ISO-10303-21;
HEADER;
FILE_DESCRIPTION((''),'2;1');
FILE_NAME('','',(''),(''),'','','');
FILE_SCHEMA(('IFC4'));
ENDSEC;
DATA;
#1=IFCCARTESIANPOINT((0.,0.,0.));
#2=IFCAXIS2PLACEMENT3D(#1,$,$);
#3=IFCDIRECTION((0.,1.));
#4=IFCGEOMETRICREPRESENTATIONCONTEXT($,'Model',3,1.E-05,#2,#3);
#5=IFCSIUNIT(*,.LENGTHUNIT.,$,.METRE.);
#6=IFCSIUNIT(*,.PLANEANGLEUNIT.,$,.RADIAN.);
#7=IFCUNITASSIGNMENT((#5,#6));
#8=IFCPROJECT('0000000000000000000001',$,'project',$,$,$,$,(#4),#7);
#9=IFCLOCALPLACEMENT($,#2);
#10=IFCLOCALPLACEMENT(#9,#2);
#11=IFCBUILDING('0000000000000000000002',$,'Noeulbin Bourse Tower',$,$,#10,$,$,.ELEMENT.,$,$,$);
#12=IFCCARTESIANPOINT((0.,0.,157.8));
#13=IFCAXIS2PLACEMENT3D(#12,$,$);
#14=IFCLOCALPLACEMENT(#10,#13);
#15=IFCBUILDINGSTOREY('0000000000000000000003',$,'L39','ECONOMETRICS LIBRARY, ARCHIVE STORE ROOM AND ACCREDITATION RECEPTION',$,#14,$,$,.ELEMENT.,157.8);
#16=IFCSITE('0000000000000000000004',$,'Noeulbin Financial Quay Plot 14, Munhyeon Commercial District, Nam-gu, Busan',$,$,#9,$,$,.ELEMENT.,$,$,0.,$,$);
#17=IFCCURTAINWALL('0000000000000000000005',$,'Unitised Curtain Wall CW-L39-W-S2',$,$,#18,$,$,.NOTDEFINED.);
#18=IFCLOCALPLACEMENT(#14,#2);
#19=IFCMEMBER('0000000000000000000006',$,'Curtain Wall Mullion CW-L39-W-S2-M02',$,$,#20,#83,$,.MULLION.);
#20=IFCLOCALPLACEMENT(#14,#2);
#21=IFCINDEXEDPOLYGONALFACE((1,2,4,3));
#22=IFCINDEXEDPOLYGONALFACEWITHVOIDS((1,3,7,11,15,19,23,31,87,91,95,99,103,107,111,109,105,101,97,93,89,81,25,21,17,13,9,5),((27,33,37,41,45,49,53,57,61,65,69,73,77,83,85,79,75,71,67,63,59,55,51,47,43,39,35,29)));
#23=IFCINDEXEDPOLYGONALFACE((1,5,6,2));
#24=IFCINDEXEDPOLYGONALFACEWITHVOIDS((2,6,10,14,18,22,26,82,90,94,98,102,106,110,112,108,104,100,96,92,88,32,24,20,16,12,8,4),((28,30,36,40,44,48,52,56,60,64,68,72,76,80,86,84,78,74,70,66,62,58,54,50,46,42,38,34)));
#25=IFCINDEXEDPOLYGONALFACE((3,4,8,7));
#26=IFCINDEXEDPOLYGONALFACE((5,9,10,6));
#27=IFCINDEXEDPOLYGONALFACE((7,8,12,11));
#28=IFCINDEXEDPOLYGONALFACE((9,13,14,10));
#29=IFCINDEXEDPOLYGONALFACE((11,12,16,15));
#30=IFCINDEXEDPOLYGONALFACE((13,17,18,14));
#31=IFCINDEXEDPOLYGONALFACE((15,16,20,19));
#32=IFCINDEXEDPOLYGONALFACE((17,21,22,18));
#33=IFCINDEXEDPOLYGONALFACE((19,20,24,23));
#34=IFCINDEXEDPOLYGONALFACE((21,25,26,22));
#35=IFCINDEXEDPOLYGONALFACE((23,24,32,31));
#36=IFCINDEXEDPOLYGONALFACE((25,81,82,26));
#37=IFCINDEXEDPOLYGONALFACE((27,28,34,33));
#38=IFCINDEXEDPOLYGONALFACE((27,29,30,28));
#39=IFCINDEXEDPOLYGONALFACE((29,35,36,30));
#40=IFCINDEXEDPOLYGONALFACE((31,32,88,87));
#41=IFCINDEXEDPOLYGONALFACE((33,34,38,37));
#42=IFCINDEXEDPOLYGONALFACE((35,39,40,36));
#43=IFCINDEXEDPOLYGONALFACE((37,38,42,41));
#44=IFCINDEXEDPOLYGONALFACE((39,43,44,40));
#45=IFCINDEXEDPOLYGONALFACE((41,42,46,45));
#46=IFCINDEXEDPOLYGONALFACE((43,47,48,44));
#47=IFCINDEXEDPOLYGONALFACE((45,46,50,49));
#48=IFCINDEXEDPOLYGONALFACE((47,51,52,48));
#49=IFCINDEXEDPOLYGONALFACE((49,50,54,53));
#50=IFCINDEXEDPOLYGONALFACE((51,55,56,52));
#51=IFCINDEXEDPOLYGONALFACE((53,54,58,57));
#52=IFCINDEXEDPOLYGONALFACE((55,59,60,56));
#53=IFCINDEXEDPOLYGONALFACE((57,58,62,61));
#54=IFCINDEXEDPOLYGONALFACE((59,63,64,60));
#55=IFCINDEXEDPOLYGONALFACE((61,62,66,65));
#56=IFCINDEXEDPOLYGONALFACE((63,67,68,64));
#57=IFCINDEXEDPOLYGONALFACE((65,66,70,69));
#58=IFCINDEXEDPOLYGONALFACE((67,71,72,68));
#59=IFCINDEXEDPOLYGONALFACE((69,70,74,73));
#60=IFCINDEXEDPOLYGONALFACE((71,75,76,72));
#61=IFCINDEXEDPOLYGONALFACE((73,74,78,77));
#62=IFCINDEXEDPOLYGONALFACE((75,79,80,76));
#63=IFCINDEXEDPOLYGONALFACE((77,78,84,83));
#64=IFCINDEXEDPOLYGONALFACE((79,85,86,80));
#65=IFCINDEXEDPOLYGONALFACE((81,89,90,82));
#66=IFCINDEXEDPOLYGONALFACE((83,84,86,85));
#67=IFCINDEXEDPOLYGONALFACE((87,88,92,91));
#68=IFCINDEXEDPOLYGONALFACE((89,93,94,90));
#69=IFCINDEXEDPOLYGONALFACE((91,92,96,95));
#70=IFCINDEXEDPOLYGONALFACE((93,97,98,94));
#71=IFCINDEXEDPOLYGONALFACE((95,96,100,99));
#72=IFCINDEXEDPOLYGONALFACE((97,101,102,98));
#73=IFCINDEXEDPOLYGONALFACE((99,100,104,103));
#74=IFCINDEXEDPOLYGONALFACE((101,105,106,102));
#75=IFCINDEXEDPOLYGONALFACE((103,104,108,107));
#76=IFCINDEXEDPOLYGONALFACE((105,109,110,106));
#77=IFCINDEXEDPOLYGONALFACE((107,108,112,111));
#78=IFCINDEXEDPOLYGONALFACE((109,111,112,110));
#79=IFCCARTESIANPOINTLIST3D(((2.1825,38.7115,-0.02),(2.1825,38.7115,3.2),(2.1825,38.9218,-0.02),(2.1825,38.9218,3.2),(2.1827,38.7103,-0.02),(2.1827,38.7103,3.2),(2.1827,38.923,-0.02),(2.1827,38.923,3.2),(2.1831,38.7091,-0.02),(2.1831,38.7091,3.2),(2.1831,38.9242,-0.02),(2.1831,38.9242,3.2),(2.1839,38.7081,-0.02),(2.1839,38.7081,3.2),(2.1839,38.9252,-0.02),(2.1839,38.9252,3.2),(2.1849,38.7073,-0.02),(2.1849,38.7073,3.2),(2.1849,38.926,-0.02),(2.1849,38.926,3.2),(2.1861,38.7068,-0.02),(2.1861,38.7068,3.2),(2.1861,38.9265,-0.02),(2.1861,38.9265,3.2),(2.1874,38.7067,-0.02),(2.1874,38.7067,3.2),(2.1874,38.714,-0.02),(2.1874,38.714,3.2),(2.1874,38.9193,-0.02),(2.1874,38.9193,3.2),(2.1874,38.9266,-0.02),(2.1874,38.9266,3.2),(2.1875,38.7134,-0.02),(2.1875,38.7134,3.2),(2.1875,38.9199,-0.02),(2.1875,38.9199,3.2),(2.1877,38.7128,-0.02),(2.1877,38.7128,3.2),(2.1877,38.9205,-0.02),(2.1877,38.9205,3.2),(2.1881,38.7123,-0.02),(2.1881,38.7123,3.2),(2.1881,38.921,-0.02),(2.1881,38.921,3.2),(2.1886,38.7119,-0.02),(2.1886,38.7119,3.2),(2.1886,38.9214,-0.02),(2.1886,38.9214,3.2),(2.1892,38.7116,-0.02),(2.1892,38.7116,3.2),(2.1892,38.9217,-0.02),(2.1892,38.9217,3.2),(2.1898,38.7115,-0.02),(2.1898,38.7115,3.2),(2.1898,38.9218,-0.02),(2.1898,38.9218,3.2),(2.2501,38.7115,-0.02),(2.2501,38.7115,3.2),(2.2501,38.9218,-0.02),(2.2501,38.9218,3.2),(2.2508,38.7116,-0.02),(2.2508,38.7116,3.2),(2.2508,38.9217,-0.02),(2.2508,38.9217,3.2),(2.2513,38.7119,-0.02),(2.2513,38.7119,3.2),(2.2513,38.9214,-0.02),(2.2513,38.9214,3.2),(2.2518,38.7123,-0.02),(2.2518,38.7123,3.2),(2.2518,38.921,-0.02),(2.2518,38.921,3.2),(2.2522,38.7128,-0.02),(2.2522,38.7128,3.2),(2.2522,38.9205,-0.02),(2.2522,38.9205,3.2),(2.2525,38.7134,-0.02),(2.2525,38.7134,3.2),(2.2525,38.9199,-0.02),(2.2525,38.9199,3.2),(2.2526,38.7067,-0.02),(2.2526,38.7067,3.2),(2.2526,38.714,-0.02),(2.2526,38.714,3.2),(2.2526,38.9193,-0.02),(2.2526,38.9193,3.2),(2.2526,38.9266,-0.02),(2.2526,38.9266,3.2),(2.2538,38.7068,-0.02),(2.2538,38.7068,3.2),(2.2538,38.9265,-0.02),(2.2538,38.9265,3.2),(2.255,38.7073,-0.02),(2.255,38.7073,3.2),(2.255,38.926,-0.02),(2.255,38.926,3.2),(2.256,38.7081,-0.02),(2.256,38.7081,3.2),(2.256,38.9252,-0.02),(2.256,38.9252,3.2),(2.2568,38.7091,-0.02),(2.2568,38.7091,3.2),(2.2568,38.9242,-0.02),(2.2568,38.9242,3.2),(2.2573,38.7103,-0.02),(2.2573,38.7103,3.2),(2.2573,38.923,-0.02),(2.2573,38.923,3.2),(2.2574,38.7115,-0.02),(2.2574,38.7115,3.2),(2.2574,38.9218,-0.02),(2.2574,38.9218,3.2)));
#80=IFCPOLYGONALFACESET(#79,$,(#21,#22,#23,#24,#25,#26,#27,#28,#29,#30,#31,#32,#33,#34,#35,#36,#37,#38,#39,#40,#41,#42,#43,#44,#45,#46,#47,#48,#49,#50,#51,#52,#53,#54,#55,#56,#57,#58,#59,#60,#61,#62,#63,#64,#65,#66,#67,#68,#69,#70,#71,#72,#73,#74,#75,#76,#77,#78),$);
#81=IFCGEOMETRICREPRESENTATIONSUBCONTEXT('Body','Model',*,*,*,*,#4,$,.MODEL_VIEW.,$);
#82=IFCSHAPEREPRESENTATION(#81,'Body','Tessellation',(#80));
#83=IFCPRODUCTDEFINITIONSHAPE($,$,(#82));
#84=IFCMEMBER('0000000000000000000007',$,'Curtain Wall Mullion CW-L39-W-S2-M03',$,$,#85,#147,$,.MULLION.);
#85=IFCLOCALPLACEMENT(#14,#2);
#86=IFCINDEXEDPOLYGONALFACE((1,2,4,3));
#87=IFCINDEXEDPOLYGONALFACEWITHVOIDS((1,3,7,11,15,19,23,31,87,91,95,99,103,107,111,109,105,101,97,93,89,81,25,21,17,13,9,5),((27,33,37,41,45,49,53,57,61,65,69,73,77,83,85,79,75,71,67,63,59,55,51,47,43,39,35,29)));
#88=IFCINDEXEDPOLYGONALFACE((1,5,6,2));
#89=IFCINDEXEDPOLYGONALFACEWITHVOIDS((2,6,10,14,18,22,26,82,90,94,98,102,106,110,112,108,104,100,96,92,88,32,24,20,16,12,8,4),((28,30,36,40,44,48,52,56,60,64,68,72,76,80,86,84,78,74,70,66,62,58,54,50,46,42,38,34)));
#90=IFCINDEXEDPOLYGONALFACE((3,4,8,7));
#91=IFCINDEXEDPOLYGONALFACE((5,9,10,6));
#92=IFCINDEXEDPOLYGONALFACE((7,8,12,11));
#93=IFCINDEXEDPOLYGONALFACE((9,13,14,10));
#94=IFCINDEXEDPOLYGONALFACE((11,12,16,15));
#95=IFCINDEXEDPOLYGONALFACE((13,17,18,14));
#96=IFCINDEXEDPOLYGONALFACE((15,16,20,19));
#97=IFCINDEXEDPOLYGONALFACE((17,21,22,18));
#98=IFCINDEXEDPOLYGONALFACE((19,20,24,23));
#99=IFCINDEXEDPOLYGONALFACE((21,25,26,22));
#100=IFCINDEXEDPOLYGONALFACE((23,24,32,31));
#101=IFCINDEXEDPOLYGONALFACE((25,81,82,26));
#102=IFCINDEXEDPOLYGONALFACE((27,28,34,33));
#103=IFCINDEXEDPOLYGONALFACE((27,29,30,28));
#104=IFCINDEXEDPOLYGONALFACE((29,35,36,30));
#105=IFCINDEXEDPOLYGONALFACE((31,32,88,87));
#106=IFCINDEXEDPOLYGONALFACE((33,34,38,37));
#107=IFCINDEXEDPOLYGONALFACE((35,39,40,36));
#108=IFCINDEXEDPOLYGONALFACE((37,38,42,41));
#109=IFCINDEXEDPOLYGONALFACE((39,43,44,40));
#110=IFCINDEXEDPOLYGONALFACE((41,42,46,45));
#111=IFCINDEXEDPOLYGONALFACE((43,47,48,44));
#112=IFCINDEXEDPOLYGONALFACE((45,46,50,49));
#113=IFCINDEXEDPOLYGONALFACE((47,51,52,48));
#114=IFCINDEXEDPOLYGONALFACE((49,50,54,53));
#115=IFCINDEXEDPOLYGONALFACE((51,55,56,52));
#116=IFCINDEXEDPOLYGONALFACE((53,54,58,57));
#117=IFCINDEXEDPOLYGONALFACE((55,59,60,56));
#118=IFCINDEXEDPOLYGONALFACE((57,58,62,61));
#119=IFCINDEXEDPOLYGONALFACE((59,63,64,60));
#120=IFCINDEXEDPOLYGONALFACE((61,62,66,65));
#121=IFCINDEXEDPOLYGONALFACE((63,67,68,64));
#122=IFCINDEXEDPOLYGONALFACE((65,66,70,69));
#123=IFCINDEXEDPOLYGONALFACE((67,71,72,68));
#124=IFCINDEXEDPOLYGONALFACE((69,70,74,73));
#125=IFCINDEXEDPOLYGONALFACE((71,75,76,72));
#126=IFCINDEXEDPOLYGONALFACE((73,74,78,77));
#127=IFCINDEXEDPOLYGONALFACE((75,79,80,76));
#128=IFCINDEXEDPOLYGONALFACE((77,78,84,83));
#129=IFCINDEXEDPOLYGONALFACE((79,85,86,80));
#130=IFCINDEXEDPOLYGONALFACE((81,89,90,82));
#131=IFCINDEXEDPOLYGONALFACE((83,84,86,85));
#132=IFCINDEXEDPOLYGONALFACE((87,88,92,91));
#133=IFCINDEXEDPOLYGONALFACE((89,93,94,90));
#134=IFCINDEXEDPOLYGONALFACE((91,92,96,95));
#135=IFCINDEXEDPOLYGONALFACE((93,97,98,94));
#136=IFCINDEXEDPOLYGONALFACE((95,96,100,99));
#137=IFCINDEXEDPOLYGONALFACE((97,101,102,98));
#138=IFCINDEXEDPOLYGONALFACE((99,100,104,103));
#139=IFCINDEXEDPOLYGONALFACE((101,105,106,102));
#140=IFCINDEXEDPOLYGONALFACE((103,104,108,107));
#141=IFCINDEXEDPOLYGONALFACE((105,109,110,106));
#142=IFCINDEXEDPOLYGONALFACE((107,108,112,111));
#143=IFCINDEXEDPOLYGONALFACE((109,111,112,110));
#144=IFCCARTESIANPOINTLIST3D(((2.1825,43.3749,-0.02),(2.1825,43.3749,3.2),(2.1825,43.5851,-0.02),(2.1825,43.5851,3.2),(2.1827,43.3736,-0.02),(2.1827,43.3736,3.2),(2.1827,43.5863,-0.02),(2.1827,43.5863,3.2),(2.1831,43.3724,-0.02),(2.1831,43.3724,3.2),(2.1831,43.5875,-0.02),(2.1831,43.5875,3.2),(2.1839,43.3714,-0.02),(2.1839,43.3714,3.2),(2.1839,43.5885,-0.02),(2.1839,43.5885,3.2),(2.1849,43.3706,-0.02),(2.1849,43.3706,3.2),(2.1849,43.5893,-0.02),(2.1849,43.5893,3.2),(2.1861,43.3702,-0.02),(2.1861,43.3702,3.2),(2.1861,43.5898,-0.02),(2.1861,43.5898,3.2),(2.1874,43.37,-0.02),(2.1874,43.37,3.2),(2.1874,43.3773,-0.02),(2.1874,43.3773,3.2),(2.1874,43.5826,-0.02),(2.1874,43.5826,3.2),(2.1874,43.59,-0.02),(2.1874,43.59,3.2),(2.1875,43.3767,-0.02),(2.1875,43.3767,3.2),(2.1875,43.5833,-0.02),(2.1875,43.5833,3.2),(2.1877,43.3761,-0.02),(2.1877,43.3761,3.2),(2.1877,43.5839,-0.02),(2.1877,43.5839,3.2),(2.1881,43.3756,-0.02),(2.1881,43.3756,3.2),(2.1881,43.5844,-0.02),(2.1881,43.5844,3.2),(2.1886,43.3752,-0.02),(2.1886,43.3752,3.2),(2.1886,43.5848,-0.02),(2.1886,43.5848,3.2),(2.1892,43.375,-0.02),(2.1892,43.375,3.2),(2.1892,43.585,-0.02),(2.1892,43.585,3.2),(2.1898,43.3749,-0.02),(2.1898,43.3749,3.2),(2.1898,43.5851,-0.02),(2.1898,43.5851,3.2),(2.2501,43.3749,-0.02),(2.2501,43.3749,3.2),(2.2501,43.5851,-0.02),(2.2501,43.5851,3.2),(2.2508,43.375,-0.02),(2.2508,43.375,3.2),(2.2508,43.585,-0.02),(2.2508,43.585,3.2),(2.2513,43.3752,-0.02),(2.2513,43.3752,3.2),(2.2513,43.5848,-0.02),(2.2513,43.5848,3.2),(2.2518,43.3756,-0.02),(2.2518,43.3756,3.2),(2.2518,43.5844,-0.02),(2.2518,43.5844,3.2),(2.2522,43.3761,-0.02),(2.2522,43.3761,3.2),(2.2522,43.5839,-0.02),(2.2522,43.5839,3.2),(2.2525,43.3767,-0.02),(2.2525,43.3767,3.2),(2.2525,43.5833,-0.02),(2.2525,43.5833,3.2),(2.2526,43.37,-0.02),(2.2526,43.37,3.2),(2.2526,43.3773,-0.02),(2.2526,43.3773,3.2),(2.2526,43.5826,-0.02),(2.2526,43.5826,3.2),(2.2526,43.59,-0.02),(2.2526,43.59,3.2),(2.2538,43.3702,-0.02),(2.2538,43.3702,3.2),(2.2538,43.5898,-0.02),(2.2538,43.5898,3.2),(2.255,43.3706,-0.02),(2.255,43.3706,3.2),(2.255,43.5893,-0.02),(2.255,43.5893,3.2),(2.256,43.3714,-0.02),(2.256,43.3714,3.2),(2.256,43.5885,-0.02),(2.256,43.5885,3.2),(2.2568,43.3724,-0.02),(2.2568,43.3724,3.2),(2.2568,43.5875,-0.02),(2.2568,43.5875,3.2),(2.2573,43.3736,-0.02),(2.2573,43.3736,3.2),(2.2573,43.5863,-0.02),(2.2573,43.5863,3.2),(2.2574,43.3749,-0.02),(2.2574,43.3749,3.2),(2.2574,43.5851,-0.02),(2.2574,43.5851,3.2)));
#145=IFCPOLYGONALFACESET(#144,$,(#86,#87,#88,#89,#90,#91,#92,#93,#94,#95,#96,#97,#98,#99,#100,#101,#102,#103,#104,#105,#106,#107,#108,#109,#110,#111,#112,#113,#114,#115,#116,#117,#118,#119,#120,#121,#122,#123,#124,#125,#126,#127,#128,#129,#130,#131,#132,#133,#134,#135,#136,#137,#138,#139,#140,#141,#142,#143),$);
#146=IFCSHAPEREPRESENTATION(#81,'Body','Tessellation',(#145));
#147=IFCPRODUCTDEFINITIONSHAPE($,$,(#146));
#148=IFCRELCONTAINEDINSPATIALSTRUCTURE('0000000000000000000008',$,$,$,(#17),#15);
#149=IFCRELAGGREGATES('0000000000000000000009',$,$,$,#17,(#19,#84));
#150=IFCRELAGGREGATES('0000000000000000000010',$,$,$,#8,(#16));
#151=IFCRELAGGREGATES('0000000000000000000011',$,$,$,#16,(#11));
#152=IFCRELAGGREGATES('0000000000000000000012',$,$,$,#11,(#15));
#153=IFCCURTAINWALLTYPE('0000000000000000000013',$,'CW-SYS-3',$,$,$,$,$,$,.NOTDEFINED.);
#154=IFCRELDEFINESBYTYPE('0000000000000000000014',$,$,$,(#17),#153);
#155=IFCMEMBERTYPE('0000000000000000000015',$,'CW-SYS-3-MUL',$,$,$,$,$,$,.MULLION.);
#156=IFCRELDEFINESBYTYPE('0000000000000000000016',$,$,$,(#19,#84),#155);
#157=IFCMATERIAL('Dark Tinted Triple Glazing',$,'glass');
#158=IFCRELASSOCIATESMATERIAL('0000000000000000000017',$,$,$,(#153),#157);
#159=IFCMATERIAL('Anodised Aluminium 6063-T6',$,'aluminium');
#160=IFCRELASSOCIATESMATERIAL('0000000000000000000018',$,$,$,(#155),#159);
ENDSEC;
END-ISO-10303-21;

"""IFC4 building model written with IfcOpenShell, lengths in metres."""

from ifc_helpers import new_model, si_unit, direction, frame, origin, origin_2d, place, context, subcontext, project, spatial, hollow_rectangle, extrude, material, material_profile, profile_set, type_object, element, aggregate, save


model = new_model("IFC4")

# Units and contexts
model_context = context("Model", 3, precision=1e-05, world=origin(), true_north=direction((0.0, 1.0)))
body_context = subcontext(model_context, "Body", "Model", "MODEL_VIEW")
ifc_project = project(units=[si_unit("LENGTHUNIT", "METRE"), si_unit("PLANEANGLEUNIT", "RADIAN")], contexts=[model_context])

# Site, building, storey
site_placement = place(None, origin())
site = spatial("IfcSite", under=ifc_project, at=site_placement, Name="Noeulbin Financial Quay Plot 14, Munhyeon Commercial District, Nam-gu, Busan", CompositionType="ELEMENT", RefElevation=0.0)
building_placement = place(site_placement, origin())
building = spatial("IfcBuilding", under=site, at=building_placement, Name="Noeulbin Bourse Tower", CompositionType="ELEMENT")
storey_placement = place(building_placement, frame((0.0, 0.0, 157.8)))
storey = spatial("IfcBuildingStorey", under=building, at=storey_placement, Name="L39", Description="ECONOMETRICS LIBRARY, ARCHIVE STORE ROOM AND ACCREDITATION RECEPTION", CompositionType="ELEMENT", Elevation=157.8)

# Shared definitions
ifc_material_1 = material(Name="Dark Tinted Triple Glazing", Category="glass")
curtain_wall_type = type_object("IfcCurtainWallType", Name="CW-SYS-3", PredefinedType="NOTDEFINED", material=ifc_material_1)
ifc_material_2 = material(Name="Anodised Aluminium 6063-T6", Category="aluminium")
ifc_material_profile_1 = material_profile(ifc_material_2, hollow_rectangle(XDim=0.075, YDim=0.22, WallThickness=0.0049, InnerFilletRadius=0.0024, OuterFilletRadius=0.0049, at=origin_2d()), Name="ALU-MULL-75x220x5", Category="LoadBearing")
ifc_profile_set_1 = profile_set([ifc_material_profile_1], Name="Anodised Aluminium 6063-T6")
member_type_1 = type_object("IfcMemberType", Name="CW-SYS-3-MUL", PredefinedType="MULLION", material=ifc_profile_set_1)

# Curtain wall, members
curtain_wall_1_placement = place(storey_placement, origin())
curtain_wall_1 = element("IfcCurtainWall", 1, at=curtain_wall_1_placement, inside=storey, type_object=curtain_wall_type, Name="Unitised Curtain Wall CW-L39-W-S2", PredefinedType="NOTDEFINED")
member_1_placement = place(storey_placement, frame((2.22, 38.8167, -0.02), z_axis=(0.0, 0.0, 1.0), x_axis=(1.0, 0.0, 0.0)))
member_1 = element("IfcMember", 2, at=member_1_placement, type_object=member_type_1, Name="Curtain Wall Mullion CW-L39-W-S2-M02", PredefinedType="MULLION", context=body_context, shape_type="SweptSolid", body=[
    extrude(hollow_rectangle(XDim=0.075, YDim=0.22, WallThickness=0.0049, InnerFilletRadius=0.0024, OuterFilletRadius=0.0049, at=origin_2d()), origin(), (0.0, 0.0, 1.0), 3.22),
])
member_2_placement = place(storey_placement, frame((2.22, 43.48, -0.02), z_axis=(0.0, 0.0, 1.0), x_axis=(1.0, 0.0, 0.0)))
member_2 = element("IfcMember", 3, at=member_2_placement, type_object=member_type_1, Name="Curtain Wall Mullion CW-L39-W-S2-M03", PredefinedType="MULLION", context=body_context, shape_type="SweptSolid", body=[
    extrude(hollow_rectangle(XDim=0.075, YDim=0.22, WallThickness=0.0049, InnerFilletRadius=0.0024, OuterFilletRadius=0.0049, at=origin_2d()), origin(), (0.0, 0.0, 1.0), 3.22),
])

aggregate(curtain_wall_1, [member_1, member_2])

save(model, "model.ifc")
